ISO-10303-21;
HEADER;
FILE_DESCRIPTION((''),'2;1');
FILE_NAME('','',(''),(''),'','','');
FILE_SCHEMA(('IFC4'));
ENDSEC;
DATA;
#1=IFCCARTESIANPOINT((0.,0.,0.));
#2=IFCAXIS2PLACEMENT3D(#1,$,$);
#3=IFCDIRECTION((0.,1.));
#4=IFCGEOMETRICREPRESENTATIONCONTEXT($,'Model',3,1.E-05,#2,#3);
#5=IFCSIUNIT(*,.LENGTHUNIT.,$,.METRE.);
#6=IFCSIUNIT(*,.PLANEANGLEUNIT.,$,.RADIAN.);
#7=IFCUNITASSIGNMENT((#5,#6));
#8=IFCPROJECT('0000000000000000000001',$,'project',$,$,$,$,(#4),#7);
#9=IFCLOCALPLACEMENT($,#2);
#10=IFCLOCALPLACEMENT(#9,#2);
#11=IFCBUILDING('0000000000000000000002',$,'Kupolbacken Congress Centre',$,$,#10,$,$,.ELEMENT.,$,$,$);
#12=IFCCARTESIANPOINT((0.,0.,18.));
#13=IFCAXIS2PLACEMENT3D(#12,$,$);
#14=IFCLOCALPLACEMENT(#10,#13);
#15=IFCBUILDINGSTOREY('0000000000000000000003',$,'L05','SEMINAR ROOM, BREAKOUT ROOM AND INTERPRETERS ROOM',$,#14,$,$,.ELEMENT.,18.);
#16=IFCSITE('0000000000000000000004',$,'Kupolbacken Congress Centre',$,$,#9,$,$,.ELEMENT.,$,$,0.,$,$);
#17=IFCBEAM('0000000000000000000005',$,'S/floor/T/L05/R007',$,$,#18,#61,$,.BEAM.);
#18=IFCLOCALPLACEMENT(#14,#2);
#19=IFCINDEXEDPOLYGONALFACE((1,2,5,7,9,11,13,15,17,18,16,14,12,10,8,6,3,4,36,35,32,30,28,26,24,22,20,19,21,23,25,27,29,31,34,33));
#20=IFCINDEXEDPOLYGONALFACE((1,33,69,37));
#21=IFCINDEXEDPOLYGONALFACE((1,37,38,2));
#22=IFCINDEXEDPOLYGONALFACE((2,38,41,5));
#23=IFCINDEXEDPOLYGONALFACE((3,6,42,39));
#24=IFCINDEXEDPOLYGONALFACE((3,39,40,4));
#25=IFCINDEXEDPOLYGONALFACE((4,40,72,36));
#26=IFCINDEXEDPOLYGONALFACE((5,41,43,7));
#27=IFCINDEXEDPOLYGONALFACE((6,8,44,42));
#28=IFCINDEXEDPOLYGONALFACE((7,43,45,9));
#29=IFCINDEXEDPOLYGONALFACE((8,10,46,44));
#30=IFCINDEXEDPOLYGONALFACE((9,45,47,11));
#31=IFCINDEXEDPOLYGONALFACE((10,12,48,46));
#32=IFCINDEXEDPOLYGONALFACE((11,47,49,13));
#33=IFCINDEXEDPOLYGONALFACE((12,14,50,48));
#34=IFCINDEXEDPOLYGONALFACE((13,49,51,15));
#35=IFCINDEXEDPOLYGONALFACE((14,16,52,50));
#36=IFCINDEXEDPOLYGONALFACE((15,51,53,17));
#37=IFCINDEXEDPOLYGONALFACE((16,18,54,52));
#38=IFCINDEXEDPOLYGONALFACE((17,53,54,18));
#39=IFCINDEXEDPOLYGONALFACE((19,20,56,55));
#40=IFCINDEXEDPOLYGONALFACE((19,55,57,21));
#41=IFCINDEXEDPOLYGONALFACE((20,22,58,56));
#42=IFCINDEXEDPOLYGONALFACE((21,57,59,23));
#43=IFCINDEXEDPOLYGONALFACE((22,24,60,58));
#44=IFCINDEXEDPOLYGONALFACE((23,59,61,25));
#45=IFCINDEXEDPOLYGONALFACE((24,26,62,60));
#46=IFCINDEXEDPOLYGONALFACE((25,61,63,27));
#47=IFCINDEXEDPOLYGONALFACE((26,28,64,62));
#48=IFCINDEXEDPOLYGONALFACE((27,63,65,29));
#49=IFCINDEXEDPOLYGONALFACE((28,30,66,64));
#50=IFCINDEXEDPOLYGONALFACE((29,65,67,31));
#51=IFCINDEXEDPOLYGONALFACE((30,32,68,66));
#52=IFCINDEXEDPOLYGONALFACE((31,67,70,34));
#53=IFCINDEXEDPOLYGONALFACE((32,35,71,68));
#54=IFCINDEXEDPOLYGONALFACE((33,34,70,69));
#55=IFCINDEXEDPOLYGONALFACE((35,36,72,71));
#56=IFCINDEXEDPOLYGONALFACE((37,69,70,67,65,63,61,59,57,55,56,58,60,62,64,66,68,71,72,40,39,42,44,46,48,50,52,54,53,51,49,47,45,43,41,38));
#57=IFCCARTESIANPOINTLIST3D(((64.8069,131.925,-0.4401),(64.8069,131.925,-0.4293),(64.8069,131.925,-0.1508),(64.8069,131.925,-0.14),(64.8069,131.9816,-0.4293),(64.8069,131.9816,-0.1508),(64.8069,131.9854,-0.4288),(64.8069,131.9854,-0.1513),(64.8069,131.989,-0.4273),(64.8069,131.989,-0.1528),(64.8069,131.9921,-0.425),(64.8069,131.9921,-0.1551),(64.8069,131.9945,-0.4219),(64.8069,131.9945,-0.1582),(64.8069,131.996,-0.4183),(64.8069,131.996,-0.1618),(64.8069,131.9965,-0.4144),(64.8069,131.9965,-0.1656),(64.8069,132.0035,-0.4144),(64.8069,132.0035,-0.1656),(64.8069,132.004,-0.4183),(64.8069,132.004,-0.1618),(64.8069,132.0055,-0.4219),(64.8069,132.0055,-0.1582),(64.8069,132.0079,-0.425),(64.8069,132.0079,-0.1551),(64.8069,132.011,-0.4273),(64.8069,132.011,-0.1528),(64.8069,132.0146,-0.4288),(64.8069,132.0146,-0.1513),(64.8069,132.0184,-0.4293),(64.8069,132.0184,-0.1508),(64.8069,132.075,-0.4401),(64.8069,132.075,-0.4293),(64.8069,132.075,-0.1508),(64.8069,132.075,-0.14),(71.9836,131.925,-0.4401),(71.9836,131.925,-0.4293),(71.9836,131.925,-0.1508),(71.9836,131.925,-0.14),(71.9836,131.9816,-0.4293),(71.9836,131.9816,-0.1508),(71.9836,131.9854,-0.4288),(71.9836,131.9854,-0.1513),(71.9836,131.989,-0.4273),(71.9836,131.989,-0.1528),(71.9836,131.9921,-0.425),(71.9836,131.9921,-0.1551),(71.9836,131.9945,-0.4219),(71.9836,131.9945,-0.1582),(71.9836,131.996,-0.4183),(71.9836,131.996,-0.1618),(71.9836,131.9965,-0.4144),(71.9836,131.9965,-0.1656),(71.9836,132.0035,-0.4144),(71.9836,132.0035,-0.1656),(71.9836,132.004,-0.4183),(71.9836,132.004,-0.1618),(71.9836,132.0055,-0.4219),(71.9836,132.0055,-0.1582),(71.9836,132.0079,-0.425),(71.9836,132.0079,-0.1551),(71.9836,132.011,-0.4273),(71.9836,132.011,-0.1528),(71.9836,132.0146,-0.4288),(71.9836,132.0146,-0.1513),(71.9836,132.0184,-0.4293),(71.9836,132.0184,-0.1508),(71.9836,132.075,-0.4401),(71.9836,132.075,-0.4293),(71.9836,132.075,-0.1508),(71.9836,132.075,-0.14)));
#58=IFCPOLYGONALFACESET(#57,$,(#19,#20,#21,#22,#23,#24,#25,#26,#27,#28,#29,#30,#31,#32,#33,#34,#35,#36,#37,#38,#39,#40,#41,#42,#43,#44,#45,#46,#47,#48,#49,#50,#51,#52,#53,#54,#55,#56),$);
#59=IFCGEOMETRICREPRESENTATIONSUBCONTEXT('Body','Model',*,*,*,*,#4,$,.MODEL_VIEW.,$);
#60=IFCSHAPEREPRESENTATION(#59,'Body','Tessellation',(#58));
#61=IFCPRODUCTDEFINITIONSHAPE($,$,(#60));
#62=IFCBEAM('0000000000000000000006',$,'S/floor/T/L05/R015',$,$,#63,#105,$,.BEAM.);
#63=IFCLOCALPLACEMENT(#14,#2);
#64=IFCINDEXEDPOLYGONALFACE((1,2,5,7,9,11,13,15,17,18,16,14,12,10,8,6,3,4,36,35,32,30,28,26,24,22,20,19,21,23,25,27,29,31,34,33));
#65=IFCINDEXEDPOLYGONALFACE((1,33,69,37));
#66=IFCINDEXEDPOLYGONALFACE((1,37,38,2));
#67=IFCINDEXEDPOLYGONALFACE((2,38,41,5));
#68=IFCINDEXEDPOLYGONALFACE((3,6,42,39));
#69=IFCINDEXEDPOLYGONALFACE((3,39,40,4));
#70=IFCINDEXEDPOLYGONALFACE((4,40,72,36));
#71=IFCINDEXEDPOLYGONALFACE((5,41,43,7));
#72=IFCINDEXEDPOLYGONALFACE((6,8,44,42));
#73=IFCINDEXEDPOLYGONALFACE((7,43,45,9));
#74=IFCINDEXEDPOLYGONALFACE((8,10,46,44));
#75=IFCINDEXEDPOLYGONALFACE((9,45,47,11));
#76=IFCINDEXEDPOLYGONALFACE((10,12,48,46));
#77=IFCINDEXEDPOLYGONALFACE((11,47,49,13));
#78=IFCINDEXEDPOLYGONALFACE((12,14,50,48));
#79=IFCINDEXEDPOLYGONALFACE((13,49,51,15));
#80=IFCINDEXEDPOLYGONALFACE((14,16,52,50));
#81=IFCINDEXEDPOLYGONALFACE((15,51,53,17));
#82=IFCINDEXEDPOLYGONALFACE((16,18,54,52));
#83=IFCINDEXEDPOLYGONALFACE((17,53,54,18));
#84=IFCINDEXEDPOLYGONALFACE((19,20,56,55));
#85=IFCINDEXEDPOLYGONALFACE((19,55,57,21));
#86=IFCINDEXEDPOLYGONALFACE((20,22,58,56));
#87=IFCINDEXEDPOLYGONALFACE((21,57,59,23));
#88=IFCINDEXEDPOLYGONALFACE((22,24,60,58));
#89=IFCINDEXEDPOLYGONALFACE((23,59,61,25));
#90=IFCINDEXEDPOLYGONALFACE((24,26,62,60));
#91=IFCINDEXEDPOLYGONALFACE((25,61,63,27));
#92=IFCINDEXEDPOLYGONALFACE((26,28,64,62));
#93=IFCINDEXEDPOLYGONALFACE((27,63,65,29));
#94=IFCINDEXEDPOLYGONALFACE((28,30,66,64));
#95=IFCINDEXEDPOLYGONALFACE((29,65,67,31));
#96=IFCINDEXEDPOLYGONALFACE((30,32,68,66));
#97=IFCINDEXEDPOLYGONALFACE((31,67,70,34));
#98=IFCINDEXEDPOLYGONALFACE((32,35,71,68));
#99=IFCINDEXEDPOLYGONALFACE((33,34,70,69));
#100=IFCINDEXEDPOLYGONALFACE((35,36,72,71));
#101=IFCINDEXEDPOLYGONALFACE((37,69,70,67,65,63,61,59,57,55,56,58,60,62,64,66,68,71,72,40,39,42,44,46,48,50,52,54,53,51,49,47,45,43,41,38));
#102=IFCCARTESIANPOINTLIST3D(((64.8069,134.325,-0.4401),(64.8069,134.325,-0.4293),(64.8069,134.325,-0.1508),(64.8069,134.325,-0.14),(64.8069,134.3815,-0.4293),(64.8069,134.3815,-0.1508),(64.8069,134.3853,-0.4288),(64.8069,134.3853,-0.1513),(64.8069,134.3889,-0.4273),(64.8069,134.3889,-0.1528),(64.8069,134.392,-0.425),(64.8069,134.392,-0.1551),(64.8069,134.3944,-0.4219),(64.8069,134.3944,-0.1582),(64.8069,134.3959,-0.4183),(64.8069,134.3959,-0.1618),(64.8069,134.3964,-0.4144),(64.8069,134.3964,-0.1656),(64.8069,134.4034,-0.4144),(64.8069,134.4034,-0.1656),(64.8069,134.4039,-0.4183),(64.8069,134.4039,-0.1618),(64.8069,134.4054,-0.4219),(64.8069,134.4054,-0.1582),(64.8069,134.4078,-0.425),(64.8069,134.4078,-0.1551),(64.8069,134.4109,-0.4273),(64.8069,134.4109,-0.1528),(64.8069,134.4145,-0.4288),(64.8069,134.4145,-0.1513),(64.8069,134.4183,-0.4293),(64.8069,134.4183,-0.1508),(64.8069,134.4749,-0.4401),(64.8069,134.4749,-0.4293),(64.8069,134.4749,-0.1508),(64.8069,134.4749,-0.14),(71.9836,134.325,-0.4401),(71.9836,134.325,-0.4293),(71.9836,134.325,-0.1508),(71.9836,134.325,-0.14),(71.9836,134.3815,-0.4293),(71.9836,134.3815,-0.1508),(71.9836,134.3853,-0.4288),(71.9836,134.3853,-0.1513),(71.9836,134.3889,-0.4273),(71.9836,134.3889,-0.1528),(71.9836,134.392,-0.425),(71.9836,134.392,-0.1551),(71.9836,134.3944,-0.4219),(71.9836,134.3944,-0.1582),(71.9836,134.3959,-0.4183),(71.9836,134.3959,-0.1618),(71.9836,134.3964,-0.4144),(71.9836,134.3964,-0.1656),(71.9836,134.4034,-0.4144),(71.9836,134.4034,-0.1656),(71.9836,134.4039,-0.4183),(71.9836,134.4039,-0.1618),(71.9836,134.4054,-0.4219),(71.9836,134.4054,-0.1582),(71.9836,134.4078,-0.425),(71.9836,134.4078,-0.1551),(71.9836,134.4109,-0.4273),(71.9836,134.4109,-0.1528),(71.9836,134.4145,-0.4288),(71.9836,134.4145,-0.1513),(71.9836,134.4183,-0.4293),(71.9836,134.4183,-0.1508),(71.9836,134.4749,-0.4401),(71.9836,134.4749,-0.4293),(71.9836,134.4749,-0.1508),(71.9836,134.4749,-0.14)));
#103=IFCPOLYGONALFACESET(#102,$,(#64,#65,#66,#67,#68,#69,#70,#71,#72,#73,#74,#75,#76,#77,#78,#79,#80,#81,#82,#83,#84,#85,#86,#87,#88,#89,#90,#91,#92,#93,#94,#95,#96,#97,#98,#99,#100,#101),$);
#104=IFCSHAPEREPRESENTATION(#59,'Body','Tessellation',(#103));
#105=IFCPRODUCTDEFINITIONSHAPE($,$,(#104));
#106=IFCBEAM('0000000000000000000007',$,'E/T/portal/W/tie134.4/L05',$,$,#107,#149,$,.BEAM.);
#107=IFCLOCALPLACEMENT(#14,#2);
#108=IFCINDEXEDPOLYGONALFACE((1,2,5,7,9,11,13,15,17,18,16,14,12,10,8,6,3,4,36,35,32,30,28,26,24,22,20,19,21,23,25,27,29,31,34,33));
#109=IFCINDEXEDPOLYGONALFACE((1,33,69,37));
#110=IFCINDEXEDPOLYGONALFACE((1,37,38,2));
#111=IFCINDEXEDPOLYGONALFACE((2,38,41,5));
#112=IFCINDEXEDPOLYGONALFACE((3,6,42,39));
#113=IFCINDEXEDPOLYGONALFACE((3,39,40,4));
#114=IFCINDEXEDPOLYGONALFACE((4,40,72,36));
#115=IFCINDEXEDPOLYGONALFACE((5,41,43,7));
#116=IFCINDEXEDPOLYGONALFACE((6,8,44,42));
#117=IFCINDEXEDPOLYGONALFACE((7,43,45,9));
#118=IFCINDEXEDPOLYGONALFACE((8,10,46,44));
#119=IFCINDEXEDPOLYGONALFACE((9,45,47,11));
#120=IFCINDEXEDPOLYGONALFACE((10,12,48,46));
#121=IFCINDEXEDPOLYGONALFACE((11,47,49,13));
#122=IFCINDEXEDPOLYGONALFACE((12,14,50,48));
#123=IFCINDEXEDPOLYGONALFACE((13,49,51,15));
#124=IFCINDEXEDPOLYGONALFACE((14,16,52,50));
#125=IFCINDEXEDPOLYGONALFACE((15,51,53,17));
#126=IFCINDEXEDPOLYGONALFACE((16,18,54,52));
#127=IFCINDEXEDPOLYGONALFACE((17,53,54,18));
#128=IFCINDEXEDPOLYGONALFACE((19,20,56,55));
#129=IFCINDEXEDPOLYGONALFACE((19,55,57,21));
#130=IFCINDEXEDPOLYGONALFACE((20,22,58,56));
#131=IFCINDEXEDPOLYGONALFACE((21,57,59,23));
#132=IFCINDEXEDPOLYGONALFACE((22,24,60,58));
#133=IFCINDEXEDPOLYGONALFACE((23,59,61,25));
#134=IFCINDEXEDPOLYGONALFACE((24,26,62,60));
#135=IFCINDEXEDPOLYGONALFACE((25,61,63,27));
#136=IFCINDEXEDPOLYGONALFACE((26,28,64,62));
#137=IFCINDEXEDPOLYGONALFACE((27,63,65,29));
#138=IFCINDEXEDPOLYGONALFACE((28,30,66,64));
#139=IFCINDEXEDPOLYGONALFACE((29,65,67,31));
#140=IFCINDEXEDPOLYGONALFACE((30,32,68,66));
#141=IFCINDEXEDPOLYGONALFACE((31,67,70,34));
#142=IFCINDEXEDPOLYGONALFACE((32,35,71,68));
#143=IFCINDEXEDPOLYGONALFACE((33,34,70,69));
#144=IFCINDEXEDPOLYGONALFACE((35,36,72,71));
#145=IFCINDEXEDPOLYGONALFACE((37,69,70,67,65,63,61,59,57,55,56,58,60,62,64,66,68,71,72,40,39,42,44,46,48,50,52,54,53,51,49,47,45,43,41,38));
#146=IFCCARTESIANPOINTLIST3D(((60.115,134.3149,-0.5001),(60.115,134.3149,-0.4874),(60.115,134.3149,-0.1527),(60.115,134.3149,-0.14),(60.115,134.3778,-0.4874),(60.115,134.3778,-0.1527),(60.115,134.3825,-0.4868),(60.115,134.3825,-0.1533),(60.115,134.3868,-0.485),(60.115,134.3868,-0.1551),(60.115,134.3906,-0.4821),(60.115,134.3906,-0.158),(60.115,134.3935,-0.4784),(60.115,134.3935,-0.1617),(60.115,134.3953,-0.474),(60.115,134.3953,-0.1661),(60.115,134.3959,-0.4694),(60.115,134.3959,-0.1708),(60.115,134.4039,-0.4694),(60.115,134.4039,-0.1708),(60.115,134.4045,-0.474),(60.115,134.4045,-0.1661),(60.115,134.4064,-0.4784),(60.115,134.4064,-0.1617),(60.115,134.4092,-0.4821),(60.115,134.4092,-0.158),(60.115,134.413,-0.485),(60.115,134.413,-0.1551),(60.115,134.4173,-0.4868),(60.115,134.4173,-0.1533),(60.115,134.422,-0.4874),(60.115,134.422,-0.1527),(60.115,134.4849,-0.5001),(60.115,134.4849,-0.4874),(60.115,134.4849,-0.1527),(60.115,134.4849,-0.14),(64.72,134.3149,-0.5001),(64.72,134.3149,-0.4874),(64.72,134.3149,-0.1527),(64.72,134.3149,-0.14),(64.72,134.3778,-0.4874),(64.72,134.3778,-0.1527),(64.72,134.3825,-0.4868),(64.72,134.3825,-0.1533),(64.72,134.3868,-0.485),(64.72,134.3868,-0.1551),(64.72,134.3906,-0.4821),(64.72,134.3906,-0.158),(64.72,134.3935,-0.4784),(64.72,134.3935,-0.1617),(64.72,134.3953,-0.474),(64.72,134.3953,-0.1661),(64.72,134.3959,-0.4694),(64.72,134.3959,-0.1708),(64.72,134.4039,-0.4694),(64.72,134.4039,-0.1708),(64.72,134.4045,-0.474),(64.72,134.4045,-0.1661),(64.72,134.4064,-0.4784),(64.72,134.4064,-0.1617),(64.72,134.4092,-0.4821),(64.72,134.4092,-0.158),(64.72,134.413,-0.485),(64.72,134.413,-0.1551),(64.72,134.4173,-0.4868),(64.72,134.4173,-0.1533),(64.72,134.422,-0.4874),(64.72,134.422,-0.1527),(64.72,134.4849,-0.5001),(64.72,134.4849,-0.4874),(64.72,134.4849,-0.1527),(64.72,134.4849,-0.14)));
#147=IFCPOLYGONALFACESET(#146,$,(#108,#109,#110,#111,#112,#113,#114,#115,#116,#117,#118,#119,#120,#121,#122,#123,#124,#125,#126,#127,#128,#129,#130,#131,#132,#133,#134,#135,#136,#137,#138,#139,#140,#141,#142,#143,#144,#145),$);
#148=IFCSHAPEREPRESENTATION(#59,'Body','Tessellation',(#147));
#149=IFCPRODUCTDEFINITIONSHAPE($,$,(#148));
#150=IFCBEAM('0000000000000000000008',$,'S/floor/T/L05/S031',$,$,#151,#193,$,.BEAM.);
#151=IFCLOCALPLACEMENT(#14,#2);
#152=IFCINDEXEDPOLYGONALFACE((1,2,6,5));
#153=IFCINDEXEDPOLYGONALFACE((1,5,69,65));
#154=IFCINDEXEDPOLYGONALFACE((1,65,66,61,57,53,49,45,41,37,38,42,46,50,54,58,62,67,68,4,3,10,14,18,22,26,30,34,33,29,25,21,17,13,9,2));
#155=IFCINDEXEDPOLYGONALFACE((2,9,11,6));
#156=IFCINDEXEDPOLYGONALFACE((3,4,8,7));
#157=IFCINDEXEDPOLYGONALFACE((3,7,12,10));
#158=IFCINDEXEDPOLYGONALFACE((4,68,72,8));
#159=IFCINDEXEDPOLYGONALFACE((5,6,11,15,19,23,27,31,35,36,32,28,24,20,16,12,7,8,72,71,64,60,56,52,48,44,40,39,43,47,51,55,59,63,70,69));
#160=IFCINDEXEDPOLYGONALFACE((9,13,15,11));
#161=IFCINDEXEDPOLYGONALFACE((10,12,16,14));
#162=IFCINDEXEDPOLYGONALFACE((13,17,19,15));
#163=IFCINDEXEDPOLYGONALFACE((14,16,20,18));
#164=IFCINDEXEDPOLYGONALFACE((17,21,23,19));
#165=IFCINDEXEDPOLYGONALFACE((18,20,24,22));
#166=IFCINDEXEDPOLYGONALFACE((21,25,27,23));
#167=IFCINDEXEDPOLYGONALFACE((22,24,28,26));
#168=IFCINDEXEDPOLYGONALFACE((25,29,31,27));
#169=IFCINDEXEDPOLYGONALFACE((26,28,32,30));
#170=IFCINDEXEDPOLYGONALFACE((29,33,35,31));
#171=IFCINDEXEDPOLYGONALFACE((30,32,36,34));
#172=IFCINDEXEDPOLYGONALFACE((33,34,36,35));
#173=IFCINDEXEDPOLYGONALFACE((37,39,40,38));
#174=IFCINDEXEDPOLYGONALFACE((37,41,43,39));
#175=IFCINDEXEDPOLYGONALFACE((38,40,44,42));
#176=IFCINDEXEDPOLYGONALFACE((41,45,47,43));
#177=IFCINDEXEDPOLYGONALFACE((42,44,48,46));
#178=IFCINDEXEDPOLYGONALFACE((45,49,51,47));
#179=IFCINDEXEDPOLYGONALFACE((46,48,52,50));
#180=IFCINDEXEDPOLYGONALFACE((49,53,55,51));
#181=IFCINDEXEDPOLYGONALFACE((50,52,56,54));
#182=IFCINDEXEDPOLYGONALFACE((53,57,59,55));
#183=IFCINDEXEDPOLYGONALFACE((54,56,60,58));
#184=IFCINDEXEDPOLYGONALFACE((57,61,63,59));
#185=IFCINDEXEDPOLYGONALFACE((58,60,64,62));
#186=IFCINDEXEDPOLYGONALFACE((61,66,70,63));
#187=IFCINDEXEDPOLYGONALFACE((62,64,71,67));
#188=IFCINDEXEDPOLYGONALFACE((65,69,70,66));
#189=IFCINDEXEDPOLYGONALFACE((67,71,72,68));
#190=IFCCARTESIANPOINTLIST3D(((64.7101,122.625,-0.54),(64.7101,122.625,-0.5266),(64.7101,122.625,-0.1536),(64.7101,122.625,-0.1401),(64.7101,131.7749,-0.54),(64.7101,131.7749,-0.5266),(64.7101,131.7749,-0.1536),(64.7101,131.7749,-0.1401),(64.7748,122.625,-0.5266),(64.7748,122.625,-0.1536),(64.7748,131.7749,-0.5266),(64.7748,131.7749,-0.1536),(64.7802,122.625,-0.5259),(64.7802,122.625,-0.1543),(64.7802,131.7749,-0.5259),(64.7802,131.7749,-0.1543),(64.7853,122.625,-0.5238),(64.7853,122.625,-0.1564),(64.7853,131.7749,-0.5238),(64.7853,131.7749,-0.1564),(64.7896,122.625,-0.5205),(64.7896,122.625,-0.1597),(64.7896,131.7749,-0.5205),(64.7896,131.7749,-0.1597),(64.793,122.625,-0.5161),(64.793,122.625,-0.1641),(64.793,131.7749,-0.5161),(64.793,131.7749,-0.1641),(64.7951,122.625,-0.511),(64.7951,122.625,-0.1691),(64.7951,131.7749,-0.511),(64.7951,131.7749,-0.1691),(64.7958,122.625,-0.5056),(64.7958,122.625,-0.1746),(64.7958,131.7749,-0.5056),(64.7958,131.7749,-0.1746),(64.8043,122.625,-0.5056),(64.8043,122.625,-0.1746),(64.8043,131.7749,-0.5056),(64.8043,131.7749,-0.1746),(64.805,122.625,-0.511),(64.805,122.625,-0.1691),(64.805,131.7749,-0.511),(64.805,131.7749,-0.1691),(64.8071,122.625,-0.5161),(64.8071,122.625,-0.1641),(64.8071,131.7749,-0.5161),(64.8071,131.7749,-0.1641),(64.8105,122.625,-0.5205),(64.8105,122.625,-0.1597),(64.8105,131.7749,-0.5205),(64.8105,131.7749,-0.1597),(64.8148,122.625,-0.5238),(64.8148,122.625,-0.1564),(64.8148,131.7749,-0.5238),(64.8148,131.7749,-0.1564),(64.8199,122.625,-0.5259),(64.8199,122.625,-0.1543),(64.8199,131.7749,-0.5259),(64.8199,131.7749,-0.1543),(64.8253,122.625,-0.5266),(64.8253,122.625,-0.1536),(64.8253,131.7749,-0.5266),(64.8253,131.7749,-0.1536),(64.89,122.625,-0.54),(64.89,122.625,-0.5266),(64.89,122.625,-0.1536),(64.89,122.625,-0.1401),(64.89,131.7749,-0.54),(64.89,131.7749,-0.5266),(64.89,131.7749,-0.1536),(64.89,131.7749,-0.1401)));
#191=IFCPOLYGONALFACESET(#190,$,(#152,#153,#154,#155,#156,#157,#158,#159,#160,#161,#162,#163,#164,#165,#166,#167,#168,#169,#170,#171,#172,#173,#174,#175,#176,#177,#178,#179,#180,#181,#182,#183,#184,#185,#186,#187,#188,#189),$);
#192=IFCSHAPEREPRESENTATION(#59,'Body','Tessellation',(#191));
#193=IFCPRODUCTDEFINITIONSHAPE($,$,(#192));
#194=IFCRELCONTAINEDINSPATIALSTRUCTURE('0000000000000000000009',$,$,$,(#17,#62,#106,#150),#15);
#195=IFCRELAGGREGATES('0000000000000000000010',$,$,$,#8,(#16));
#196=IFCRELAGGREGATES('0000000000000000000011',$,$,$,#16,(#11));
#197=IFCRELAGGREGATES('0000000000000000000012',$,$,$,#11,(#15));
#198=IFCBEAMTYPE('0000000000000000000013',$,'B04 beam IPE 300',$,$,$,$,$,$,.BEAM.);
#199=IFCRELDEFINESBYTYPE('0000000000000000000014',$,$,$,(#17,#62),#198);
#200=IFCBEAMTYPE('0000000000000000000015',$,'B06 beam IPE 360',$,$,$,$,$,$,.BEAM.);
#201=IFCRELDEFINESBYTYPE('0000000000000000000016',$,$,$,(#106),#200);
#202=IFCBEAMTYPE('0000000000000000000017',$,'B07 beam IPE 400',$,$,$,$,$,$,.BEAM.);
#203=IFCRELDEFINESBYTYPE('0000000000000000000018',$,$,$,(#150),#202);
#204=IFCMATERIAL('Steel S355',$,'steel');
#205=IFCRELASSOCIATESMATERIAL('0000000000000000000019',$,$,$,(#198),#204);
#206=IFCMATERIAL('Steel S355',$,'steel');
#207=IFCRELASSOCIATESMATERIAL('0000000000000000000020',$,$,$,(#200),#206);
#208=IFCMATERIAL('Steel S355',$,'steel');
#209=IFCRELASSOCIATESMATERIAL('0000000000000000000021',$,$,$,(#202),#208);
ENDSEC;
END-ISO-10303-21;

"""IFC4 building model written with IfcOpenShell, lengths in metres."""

from ifc_helpers import new_model, si_unit, direction, frame, origin, origin_2d, place, context, subcontext, project, spatial, i_section, extrude, material, material_profile, profile_set, type_object, element, save


model = new_model("IFC4")

# Units and contexts
model_context = context("Model", 3, precision=1e-05, world=origin(), true_north=direction((0.0, 1.0)))
body_context = subcontext(model_context, "Body", "Model", "MODEL_VIEW")
ifc_project = project(units=[si_unit("LENGTHUNIT", "METRE"), si_unit("PLANEANGLEUNIT", "RADIAN")], contexts=[model_context])

# Site, building, storey
site_placement = place(None, origin())
site = spatial("IfcSite", under=ifc_project, at=site_placement, Name="Kupolbacken Congress Centre", CompositionType="ELEMENT", RefElevation=0.0)
building_placement = place(site_placement, origin())
building = spatial("IfcBuilding", under=site, at=building_placement, Name="Kupolbacken Congress Centre", CompositionType="ELEMENT")
storey_placement = place(building_placement, frame((0.0, 0.0, 18.0)))
storey = spatial("IfcBuildingStorey", under=building, at=storey_placement, Name="L05", Description="SEMINAR ROOM, BREAKOUT ROOM AND INTERPRETERS ROOM", CompositionType="ELEMENT", Elevation=18.0)

# Beams
ifc_material_1 = material(Name="Steel S355", Category="steel")
ifc_material_profile_1 = material_profile(ifc_material_1, i_section(OverallWidth=0.1499, OverallDepth=0.3, WebThickness=0.0071, FlangeThickness=0.0107, FilletRadius=0.0149, at=origin_2d()), Name="IPE 300")
ifc_profile_set_1 = profile_set([ifc_material_profile_1], Name="Steel S355")
beam_type_1 = type_object("IfcBeamType", Name="B04 beam IPE 300", PredefinedType="BEAM", material=ifc_profile_set_1)
for number, where, z_axis, x_axis, name in (
    (1, (64.8069, 132.0, -0.29), (1.0, 0.0, 0.0), (0.0, 1.0, 0.0), "S/floor/T/L05/R007"),
    (2, (64.8069, 134.3999, -0.29), (1.0, 0.0, 0.0), (0.0, 1.0, 0.0), "S/floor/T/L05/R015"),
):
    element("IfcBeam", number, at=place(storey_placement, frame(where, z_axis=z_axis, x_axis=x_axis)), inside=storey, type_object=beam_type_1, Name=name, PredefinedType="BEAM", context=body_context, shape_type="SweptSolid", body=[
        extrude(i_section(OverallWidth=0.1499, OverallDepth=0.3, WebThickness=0.0071, FlangeThickness=0.0107, FilletRadius=0.0149, at=origin_2d()), origin(), (0.0, 0.0, 1.0), 7.1768),
    ])
ifc_material_2 = material(Name="Steel S355", Category="steel")
ifc_material_profile_2 = material_profile(ifc_material_2, i_section(OverallWidth=0.1699, OverallDepth=0.3601, WebThickness=0.0081, FlangeThickness=0.0127, FilletRadius=0.0181, at=origin_2d()), Name="IPE 360")
ifc_profile_set_2 = profile_set([ifc_material_profile_2], Name="Steel S355")
beam_type_2 = type_object("IfcBeamType", Name="B06 beam IPE 360", PredefinedType="BEAM", material=ifc_profile_set_2)
beam_1_placement = place(storey_placement, frame((64.72, 134.3999, -0.3201), z_axis=(-1.0, 0.0, 0.0), x_axis=(0.0, -1.0, 0.0)))
element("IfcBeam", 3, at=beam_1_placement, inside=storey, type_object=beam_type_2, Name="E/T/portal/W/tie134.4/L05", PredefinedType="BEAM", context=body_context, shape_type="SweptSolid", body=[
    extrude(i_section(OverallWidth=0.1699, OverallDepth=0.3601, WebThickness=0.0081, FlangeThickness=0.0127, FilletRadius=0.0181, at=origin_2d()), origin(), (0.0, 0.0, 1.0), 4.605),
])
ifc_material_3 = material(Name="Steel S355", Category="steel")
ifc_material_profile_3 = material_profile(ifc_material_3, i_section(OverallWidth=0.1799, OverallDepth=0.3999, WebThickness=0.0085, FlangeThickness=0.0134, FilletRadius=0.021, at=origin_2d()), Name="IPE 400")
ifc_profile_set_3 = profile_set([ifc_material_profile_3], Name="Steel S355")
beam_type_3 = type_object("IfcBeamType", Name="B07 beam IPE 400", PredefinedType="BEAM", material=ifc_profile_set_3)
beam_2_placement = place(storey_placement, frame((64.8, 122.625, -0.3401), z_axis=(0.0, 1.0, 0.0), x_axis=(-1.0, 0.0, 0.0)))
element("IfcBeam", 4, at=beam_2_placement, inside=storey, type_object=beam_type_3, Name="S/floor/T/L05/S031", PredefinedType="BEAM", context=body_context, shape_type="SweptSolid", body=[
    extrude(i_section(OverallWidth=0.1799, OverallDepth=0.3999, WebThickness=0.0085, FlangeThickness=0.0134, FilletRadius=0.021, at=origin_2d()), origin(), (0.0, 0.0, 1.0), 9.1499),
])

save(model, "model.ifc")
